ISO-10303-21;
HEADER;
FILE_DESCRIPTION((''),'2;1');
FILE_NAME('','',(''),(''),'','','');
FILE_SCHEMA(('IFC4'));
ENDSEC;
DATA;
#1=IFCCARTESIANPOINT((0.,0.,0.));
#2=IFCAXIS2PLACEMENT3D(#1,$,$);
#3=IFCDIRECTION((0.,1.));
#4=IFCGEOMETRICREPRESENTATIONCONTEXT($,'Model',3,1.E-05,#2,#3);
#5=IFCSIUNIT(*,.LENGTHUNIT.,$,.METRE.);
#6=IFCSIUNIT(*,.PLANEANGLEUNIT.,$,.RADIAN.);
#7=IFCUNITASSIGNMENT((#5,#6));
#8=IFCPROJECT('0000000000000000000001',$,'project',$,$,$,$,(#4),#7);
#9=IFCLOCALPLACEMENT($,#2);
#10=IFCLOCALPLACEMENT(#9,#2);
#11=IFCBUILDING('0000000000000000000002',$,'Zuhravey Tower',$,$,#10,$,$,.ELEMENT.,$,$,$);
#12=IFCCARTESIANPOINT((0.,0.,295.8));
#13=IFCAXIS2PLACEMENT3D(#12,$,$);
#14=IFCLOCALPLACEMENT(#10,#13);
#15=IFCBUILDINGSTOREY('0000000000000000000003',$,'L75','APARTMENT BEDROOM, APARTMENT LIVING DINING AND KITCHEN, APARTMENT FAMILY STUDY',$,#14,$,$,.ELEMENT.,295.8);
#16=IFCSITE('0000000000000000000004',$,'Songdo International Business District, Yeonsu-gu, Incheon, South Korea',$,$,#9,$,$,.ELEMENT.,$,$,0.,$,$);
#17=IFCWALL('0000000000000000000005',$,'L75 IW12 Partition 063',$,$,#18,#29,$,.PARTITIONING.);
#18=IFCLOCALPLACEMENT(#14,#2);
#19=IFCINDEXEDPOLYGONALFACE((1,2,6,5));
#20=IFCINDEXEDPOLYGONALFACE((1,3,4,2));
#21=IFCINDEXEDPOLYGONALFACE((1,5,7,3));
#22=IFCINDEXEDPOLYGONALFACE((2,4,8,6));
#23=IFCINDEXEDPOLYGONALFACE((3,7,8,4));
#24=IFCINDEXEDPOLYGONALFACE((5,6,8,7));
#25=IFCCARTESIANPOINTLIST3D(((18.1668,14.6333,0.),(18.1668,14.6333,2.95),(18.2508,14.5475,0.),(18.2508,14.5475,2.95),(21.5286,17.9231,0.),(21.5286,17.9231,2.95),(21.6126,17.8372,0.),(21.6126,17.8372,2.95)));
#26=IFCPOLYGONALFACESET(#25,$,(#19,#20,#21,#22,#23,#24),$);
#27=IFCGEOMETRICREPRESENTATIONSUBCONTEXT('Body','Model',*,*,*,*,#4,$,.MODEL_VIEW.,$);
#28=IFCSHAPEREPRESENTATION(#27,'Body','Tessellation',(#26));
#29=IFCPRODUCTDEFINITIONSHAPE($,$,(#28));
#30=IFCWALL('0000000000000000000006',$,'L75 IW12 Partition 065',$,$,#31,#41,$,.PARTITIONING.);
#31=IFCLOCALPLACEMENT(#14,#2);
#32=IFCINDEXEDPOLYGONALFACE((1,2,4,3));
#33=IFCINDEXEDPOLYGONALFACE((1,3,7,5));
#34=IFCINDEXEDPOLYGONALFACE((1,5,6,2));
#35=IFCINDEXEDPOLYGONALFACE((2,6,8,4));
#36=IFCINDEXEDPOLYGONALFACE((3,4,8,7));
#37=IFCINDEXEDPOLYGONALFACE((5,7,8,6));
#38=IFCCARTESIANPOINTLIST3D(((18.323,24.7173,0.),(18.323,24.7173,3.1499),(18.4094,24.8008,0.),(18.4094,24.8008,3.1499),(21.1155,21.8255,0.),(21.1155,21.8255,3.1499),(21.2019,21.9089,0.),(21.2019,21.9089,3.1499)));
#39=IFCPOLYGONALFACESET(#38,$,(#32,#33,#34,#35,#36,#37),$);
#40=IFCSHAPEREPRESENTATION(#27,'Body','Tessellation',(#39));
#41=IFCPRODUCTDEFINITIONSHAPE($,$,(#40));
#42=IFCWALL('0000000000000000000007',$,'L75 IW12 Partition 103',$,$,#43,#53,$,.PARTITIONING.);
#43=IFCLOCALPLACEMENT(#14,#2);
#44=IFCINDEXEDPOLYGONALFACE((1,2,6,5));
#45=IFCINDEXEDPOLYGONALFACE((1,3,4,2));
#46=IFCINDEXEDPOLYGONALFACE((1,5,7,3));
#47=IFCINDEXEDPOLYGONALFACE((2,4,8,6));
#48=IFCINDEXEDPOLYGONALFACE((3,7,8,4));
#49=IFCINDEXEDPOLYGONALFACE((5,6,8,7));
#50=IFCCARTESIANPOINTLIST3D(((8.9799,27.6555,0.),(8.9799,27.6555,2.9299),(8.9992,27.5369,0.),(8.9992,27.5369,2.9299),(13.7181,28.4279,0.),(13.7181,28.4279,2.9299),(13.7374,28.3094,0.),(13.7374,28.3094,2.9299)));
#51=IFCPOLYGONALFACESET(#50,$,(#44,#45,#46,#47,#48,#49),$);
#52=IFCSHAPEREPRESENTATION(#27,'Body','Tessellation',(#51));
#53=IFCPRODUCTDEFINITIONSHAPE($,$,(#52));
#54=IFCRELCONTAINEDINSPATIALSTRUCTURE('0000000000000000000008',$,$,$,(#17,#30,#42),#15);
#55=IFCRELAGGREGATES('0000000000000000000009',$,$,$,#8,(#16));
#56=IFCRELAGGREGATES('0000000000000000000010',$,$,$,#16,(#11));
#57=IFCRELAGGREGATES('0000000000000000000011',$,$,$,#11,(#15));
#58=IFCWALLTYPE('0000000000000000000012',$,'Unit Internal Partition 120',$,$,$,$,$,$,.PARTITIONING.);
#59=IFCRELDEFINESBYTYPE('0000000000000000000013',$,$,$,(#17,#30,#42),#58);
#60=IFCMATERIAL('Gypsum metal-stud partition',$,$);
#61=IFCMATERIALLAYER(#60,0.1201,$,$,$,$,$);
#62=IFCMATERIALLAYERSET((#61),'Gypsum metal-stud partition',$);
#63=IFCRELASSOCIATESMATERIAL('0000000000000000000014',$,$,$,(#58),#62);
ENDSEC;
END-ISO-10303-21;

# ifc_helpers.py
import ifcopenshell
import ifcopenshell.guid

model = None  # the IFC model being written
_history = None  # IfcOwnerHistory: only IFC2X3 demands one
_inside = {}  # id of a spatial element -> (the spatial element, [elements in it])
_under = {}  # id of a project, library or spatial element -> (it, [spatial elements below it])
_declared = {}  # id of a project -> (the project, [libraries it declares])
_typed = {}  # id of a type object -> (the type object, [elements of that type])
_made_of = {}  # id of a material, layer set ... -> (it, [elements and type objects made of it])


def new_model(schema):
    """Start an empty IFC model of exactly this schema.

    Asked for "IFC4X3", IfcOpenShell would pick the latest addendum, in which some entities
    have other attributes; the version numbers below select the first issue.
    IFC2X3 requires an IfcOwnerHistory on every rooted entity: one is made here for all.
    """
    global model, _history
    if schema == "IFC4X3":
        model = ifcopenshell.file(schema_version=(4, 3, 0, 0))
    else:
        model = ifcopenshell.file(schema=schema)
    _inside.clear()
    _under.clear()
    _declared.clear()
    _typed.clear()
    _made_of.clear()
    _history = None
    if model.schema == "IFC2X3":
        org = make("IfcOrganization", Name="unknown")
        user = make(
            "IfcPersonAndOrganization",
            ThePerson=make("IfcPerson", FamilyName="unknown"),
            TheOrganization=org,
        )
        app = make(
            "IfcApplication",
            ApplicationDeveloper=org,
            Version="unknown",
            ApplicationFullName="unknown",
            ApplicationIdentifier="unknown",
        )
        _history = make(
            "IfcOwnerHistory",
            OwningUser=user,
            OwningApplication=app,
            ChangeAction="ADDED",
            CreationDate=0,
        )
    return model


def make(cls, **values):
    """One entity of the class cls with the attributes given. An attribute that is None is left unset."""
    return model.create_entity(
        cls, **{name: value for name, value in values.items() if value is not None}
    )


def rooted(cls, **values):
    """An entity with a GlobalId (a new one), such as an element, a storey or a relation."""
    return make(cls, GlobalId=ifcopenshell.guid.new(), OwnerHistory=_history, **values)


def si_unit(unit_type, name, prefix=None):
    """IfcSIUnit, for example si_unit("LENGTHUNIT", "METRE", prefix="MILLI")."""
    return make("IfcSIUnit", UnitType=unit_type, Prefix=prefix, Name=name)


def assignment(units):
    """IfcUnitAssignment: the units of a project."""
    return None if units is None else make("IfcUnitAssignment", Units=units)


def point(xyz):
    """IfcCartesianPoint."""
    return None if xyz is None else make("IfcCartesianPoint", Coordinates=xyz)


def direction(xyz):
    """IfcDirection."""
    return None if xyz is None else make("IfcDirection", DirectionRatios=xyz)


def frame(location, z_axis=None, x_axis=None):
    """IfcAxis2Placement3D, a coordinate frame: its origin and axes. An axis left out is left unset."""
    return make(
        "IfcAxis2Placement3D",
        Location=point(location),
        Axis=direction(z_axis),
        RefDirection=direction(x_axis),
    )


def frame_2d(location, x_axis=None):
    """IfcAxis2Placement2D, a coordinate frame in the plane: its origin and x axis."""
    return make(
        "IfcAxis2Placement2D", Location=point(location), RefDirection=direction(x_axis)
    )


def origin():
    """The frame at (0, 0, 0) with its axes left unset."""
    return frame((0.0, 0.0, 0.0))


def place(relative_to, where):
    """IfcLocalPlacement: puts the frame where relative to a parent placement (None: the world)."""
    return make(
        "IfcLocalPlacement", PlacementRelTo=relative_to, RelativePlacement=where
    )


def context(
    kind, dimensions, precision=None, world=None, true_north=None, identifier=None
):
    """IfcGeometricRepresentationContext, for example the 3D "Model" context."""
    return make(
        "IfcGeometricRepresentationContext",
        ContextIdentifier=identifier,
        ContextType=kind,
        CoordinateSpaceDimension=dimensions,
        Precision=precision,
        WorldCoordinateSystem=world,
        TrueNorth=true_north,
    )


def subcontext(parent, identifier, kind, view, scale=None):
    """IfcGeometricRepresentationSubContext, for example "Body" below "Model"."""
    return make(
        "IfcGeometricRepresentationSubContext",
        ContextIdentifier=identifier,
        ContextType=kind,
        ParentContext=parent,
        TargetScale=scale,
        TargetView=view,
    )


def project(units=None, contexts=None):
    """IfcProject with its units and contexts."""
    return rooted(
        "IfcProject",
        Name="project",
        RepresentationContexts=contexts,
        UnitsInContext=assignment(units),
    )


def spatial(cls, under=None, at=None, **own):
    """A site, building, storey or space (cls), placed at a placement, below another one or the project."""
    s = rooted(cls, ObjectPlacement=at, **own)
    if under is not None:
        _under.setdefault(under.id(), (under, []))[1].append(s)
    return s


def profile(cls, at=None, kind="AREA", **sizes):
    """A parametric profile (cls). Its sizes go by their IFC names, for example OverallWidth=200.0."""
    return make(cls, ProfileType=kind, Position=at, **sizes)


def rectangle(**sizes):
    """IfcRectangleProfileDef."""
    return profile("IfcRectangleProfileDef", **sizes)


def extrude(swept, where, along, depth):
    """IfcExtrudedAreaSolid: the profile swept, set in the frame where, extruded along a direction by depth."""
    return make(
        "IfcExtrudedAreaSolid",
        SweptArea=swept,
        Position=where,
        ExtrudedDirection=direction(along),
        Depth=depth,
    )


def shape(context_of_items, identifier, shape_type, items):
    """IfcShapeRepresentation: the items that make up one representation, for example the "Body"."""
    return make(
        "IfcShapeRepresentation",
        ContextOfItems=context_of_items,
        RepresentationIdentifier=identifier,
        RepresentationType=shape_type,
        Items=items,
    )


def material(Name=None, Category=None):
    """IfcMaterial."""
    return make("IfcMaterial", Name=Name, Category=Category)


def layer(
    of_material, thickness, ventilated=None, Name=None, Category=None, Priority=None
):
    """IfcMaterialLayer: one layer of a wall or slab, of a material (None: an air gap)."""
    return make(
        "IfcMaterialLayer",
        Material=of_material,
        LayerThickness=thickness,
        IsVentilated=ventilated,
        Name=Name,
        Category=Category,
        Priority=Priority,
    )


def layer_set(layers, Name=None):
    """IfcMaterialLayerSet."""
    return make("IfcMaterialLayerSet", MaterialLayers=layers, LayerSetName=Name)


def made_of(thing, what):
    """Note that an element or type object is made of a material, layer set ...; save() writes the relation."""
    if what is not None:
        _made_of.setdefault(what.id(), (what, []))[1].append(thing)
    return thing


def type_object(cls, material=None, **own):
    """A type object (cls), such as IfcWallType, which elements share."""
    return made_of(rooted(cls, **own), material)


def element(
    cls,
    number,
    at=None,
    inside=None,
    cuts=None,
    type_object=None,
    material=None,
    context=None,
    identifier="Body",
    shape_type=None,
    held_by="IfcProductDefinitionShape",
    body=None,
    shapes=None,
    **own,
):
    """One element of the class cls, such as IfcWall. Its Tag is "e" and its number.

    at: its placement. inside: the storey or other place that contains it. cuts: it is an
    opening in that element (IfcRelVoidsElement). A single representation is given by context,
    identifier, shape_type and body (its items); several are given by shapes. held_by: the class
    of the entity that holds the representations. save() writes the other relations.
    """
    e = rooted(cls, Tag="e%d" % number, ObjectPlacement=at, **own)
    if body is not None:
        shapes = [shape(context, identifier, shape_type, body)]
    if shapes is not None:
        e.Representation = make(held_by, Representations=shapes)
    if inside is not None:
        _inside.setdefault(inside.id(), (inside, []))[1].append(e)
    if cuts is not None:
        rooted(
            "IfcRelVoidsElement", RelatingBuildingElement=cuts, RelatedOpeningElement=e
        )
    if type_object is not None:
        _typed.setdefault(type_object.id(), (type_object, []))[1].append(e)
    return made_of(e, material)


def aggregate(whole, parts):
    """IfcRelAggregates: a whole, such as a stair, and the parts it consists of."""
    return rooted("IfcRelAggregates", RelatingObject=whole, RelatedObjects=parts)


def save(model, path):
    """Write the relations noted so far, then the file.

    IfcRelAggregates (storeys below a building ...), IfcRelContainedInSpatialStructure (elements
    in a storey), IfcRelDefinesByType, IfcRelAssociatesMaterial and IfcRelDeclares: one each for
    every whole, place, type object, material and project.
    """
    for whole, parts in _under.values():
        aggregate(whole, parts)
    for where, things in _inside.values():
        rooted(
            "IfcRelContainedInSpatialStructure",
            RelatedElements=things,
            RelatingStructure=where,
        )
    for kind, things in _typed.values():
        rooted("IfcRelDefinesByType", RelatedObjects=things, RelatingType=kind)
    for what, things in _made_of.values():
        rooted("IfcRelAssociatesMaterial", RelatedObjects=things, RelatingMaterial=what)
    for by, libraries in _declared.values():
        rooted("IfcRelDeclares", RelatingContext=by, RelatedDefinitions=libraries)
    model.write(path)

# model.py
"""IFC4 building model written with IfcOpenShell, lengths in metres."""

from ifc_helpers import new_model, si_unit, direction, frame, frame_2d, origin, place, context, subcontext, project, spatial, rectangle, extrude, material, layer, layer_set, type_object, element, save


model = new_model("IFC4")

# Units and contexts
model_context = context("Model", 3, precision=1e-05, world=origin(), true_north=direction((0.0, 1.0)))
body_context = subcontext(model_context, "Body", "Model", "MODEL_VIEW")
ifc_project = project(units=[si_unit("LENGTHUNIT", "METRE"), si_unit("PLANEANGLEUNIT", "RADIAN")], contexts=[model_context])

# Site, building, storey
site_placement = place(None, origin())
site = spatial("IfcSite", under=ifc_project, at=site_placement, Name="Songdo International Business District, Yeonsu-gu, Incheon, South Korea", CompositionType="ELEMENT", RefElevation=0.0)
building_placement = place(site_placement, origin())
building = spatial("IfcBuilding", under=site, at=building_placement, Name="Zuhravey Tower", CompositionType="ELEMENT")
storey_placement = place(building_placement, frame((0.0, 0.0, 295.8)))
storey = spatial("IfcBuildingStorey", under=building, at=storey_placement, Name="L75", Description="APARTMENT BEDROOM, APARTMENT LIVING DINING AND KITCHEN, APARTMENT FAMILY STUDY", CompositionType="ELEMENT", Elevation=295.8)

# Shared definitions
ifc_material_1 = material(Name="Gypsum metal-stud partition")
ifc_layer_1 = layer(ifc_material_1, 0.1201)
ifc_layer_set_1 = layer_set([ifc_layer_1], Name="Gypsum metal-stud partition")
wall_type_1 = type_object("IfcWallType", Name="Unit Internal Partition 120", PredefinedType="PARTITIONING", material=ifc_layer_set_1)

# Walls
wall_1_placement = place(storey_placement, frame((21.5706, 17.8801, 0.0), z_axis=(0.0, 0.0, 1.0), x_axis=(-0.714721, -0.699409, 0.0)))
element("IfcWall", 1, at=wall_1_placement, inside=storey, type_object=wall_type_1, Name="L75 IW12 Partition 063", PredefinedType="PARTITIONING", context=body_context, shape_type="SweptSolid", body=[
    extrude(rectangle(XDim=4.7036, YDim=0.1201, at=frame_2d((2.3518, 0.0))), origin(), (0.0, 0.0, 1.0), 2.95),
])
wall_2_placement = place(storey_placement, frame((18.3662, 24.759, 0.0), z_axis=(0.0, 0.0, 1.0), x_axis=(0.69464, -0.719358, 0.0)))
element("IfcWall", 2, at=wall_2_placement, inside=storey, type_object=wall_type_1, Name="L75 IW12 Partition 065", PredefinedType="PARTITIONING", context=body_context, shape_type="SweptSolid", body=[
    extrude(rectangle(XDim=4.02, YDim=0.1201, at=frame_2d((2.01, 0.0))), origin(), (0.0, 0.0, 1.0), 3.1499),
])
wall_3_placement = place(storey_placement, frame((13.7278, 28.3687, 0.0), z_axis=(0.0, 0.0, 1.0), x_axis=(-0.98697, -0.160901, 0.0)))
element("IfcWall", 3, at=wall_3_placement, inside=storey, type_object=wall_type_1, Name="L75 IW12 Partition 103", PredefinedType="PARTITIONING", context=body_context, shape_type="SweptSolid", body=[
    extrude(rectangle(XDim=4.8008, YDim=0.1201, at=frame_2d((2.4004, 0.0))), origin(), (0.0, 0.0, 1.0), 2.9299),
])

save(model, "model.ifc")
